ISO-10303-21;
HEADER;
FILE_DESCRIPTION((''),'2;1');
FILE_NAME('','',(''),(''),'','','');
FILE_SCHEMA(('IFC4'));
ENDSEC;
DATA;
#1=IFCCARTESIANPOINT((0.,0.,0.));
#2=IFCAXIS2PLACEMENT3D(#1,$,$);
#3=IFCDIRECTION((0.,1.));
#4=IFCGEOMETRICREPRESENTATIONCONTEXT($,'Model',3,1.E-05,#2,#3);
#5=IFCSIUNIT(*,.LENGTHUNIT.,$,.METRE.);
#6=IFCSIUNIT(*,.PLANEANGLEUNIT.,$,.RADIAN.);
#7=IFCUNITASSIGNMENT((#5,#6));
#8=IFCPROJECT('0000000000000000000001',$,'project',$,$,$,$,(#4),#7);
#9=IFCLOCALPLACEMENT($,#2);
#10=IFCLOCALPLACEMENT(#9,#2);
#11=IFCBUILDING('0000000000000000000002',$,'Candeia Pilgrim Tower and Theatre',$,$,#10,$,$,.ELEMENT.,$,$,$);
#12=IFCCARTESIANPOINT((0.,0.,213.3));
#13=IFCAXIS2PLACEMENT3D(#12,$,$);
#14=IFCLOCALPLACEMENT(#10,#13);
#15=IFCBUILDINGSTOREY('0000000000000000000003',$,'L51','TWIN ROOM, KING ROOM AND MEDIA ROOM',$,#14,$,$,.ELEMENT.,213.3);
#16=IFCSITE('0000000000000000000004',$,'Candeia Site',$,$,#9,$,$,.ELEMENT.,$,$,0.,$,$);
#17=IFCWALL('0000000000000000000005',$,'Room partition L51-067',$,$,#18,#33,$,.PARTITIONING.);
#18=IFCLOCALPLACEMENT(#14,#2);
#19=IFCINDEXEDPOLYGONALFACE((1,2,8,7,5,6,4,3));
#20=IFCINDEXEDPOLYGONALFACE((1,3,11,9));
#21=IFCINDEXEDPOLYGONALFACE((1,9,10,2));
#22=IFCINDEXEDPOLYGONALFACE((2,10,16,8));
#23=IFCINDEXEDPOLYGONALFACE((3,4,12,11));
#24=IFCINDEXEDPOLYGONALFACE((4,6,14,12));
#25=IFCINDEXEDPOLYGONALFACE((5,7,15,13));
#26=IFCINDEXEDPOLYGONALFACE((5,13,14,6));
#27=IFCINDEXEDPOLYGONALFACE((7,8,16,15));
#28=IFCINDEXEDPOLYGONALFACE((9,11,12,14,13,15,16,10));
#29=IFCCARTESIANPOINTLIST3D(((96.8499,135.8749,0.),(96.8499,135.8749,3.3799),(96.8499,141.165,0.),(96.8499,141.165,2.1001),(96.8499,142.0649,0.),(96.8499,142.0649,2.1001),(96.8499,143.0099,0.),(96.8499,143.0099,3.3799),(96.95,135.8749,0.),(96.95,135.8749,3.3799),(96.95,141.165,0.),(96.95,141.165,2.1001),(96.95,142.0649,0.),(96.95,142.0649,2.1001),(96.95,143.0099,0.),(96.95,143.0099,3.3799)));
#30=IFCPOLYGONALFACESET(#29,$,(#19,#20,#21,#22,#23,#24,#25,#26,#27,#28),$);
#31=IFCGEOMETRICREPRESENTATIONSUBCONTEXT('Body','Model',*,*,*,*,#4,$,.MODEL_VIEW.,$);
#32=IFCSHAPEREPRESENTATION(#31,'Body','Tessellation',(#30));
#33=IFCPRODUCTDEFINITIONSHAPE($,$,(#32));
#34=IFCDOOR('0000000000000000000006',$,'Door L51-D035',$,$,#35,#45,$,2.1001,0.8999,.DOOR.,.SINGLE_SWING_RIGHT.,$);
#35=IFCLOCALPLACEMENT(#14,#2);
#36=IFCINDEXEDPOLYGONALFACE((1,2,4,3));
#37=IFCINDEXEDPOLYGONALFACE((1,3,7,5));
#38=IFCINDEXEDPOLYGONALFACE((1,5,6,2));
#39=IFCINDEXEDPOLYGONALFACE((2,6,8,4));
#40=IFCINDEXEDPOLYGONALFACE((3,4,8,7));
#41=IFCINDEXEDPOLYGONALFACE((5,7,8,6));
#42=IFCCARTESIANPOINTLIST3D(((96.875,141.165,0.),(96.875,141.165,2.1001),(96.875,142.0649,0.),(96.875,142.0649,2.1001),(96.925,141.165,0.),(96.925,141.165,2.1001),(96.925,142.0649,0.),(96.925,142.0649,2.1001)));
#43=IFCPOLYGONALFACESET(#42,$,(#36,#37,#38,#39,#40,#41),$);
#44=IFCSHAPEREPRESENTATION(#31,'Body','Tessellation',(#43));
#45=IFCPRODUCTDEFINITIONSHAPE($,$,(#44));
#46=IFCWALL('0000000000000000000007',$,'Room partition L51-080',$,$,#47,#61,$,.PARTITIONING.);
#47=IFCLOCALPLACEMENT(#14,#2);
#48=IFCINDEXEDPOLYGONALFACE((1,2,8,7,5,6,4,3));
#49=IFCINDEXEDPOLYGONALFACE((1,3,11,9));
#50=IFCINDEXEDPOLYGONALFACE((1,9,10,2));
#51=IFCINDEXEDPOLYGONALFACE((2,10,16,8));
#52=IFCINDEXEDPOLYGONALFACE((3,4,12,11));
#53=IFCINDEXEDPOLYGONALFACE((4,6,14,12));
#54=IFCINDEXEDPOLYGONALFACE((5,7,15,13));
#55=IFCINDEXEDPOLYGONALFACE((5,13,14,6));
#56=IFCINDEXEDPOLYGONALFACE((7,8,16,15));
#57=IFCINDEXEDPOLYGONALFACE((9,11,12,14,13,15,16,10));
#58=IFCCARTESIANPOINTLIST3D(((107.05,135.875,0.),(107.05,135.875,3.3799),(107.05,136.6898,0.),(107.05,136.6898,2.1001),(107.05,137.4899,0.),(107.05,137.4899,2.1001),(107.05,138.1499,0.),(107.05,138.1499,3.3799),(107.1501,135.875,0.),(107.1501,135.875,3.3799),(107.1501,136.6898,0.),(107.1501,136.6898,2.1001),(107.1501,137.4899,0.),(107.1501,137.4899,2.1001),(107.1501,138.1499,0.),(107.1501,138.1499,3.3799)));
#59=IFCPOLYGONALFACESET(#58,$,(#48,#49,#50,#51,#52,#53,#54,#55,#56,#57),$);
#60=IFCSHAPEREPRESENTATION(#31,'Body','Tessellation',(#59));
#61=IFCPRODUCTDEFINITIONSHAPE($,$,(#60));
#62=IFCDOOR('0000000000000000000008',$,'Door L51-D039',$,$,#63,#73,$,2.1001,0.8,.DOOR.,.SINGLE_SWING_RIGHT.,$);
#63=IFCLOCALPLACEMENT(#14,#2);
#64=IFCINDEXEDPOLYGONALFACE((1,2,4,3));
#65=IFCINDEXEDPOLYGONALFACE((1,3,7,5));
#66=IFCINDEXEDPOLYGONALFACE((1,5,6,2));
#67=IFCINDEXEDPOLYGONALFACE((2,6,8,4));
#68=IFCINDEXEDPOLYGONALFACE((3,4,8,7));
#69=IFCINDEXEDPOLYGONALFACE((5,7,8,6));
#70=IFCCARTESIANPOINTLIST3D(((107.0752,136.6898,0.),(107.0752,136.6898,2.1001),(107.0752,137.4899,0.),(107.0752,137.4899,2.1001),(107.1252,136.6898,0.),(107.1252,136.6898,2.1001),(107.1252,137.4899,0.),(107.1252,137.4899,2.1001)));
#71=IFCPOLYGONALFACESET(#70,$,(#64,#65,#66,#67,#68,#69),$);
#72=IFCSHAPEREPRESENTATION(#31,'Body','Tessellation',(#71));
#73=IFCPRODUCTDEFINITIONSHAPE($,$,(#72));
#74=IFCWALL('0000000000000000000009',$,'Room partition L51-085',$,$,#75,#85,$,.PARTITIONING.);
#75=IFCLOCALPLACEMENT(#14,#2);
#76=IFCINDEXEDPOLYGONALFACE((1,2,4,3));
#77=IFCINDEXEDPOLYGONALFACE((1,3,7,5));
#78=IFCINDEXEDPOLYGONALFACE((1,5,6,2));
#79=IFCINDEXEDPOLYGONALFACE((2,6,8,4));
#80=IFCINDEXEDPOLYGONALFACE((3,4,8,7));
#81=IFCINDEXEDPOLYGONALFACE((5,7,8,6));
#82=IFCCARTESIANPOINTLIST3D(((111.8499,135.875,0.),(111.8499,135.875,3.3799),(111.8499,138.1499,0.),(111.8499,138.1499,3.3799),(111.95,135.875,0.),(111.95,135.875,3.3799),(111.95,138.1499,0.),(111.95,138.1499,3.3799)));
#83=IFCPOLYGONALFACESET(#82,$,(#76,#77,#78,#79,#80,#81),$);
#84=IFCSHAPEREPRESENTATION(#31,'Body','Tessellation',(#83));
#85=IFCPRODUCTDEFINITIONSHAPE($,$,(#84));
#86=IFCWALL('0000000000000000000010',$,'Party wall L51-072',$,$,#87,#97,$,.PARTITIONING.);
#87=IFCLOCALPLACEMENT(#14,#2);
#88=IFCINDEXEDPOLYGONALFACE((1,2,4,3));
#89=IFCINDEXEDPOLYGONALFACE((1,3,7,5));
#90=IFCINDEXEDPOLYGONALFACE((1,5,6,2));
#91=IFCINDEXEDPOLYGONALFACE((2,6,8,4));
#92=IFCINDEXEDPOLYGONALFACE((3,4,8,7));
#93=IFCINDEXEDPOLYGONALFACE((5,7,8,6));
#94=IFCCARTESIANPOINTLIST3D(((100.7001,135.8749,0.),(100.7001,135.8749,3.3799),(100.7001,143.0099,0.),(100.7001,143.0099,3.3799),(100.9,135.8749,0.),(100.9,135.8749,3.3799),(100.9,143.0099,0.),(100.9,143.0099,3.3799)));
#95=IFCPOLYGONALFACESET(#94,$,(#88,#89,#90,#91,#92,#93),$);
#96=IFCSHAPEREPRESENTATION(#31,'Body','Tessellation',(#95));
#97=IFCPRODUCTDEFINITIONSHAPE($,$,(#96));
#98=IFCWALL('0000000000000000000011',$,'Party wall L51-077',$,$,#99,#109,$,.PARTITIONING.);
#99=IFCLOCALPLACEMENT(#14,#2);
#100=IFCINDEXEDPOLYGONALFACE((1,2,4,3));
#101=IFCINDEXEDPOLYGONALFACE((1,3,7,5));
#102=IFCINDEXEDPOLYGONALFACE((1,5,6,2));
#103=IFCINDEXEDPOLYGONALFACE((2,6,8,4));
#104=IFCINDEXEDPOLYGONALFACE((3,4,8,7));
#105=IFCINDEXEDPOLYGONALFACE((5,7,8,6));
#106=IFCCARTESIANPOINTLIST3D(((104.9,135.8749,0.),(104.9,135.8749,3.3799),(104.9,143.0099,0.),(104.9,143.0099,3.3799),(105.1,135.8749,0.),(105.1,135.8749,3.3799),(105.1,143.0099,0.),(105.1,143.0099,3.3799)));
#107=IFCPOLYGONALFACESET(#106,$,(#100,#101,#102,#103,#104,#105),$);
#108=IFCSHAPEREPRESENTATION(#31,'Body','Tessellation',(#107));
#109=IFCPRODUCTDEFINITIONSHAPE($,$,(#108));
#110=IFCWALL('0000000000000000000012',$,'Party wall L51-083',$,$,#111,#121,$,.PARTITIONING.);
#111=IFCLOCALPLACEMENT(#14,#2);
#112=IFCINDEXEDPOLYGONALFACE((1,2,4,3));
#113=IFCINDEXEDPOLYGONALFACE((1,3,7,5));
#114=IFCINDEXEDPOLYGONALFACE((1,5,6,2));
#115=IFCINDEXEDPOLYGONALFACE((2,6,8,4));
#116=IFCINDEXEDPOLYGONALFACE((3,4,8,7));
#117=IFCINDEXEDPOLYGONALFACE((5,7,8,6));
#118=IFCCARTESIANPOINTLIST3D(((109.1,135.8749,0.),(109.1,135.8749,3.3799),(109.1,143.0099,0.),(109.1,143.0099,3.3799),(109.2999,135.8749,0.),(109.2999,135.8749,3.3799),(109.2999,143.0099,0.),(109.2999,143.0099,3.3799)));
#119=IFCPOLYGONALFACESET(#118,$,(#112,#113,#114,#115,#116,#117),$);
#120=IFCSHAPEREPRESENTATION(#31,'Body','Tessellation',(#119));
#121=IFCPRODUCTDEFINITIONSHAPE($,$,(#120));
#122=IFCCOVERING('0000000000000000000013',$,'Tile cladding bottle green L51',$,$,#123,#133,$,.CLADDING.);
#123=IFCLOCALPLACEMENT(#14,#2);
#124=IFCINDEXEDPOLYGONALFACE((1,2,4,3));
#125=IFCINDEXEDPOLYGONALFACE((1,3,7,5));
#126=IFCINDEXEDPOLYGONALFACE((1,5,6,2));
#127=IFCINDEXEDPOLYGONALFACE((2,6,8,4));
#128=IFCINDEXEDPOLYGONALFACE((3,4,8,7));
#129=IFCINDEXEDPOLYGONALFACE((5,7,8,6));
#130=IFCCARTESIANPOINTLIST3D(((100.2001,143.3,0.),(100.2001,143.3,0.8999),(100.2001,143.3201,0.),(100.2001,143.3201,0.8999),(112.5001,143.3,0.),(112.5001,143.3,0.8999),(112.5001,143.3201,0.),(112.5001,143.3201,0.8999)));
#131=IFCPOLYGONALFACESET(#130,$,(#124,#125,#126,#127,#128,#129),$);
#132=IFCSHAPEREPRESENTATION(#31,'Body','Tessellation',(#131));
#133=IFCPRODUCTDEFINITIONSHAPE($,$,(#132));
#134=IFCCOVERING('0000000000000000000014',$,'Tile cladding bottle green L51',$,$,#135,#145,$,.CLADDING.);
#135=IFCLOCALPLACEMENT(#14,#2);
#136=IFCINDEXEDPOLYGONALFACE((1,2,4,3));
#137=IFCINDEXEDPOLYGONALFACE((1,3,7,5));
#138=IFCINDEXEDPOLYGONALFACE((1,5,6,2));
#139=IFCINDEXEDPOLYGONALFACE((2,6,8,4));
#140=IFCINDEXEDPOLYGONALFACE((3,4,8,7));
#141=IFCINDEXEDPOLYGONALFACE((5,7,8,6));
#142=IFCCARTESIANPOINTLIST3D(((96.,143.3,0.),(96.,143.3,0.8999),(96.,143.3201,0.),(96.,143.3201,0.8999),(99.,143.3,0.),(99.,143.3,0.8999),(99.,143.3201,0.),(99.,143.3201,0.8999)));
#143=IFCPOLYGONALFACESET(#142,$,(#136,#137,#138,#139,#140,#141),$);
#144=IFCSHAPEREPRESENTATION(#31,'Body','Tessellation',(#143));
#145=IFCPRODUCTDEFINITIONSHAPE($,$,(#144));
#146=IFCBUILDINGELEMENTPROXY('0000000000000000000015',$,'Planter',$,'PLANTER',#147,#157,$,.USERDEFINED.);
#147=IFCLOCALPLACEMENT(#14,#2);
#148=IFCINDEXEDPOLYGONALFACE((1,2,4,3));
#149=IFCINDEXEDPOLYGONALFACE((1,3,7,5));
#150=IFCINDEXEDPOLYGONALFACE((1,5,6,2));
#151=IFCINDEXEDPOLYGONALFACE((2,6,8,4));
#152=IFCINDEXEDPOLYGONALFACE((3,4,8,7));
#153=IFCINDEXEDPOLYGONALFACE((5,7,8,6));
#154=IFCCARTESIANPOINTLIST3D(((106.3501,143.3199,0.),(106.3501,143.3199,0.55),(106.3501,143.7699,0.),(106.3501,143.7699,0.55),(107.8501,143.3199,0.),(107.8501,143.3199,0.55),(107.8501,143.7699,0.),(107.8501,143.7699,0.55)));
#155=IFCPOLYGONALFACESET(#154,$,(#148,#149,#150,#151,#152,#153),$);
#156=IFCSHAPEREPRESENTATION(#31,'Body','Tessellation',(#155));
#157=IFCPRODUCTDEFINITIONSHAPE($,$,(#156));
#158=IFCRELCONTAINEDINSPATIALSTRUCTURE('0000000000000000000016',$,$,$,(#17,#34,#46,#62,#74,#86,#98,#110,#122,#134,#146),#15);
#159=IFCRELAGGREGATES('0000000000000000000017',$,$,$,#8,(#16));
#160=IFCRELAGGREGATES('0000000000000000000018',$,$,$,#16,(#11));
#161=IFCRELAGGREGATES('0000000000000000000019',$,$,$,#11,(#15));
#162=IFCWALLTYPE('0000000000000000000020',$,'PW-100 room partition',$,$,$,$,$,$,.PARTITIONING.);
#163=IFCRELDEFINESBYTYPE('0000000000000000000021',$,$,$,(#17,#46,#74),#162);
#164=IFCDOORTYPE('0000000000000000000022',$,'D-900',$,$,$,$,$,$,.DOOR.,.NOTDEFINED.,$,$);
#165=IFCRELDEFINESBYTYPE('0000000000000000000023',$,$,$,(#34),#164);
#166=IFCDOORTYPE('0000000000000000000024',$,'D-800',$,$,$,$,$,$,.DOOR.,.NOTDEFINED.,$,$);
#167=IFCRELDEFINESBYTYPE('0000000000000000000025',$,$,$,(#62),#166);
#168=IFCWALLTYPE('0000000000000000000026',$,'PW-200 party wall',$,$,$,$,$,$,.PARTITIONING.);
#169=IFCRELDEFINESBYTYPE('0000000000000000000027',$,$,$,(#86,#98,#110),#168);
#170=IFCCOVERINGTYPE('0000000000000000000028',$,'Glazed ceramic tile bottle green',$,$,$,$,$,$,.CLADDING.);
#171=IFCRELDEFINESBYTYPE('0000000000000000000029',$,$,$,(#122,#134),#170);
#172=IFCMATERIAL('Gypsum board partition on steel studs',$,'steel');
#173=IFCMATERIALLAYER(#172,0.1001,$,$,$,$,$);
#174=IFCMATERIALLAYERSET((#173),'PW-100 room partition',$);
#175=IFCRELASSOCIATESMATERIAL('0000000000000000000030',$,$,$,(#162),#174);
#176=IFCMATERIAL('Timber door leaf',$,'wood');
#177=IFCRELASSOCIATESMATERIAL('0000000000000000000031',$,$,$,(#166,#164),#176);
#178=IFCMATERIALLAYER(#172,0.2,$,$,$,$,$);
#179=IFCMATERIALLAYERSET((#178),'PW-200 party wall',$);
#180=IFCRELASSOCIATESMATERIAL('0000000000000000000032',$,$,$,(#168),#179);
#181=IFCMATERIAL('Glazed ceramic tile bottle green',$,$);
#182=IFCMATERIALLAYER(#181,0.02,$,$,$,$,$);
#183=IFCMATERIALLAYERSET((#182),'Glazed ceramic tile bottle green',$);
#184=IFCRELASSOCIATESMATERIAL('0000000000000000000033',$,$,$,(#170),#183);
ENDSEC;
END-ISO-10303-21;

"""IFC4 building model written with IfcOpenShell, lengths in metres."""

from ifc_helpers import new_model, si_unit, direction, frame, frame_2d, origin, origin_2d, place, context, subcontext, project, spatial, rectangle, extrude, material, layer, layer_set, type_object, element, fill, save


model = new_model("IFC4")

# Units and contexts
model_context = context("Model", 3, precision=1e-05, world=origin(), true_north=direction((0.0, 1.0)))
body_context = subcontext(model_context, "Body", "Model", "MODEL_VIEW")
ifc_project = project(units=[si_unit("LENGTHUNIT", "METRE"), si_unit("PLANEANGLEUNIT", "RADIAN")], contexts=[model_context])

# Site, building, storey
site_placement = place(None, origin())
site = spatial("IfcSite", under=ifc_project, at=site_placement, Name="Candeia Site", CompositionType="ELEMENT", RefElevation=0.0)
building_placement = place(site_placement, origin())
building = spatial("IfcBuilding", under=site, at=building_placement, Name="Candeia Pilgrim Tower and Theatre", CompositionType="ELEMENT")
storey_placement = place(building_placement, frame((0.0, 0.0, 213.3)))
storey = spatial("IfcBuildingStorey", under=building, at=storey_placement, Name="L51", Description="TWIN ROOM, KING ROOM AND MEDIA ROOM", CompositionType="ELEMENT", Elevation=213.3)

# Shared definitions
ifc_material_1 = material(Name="Gypsum board partition on steel studs", Category="steel")
ifc_layer_1 = layer(ifc_material_1, 0.1001)
ifc_layer_set_1 = layer_set([ifc_layer_1], Name="PW-100 room partition")
wall_type_1 = type_object("IfcWallType", Name="PW-100 room partition", PredefinedType="PARTITIONING", material=ifc_layer_set_1)

# Walls, openings, doors
ifc_material_2 = material(Name="Timber door leaf", Category="wood")
door_type_1 = type_object("IfcDoorType", Name="D-800", OperationType="NOTDEFINED", PredefinedType="DOOR", material=ifc_material_2)
wall_1_placement = place(storey_placement, frame((96.8999, 135.875, 0.0), z_axis=(0.0, 0.0, 1.0), x_axis=(0.0, 1.0, 0.0)))
wall_1 = element("IfcWall", 1, at=wall_1_placement, inside=storey, type_object=wall_type_1, Name="Room partition L51-067", PredefinedType="PARTITIONING", context=body_context, shape_type="SweptSolid", body=[
    extrude(rectangle(XDim=7.135, YDim=0.1001, at=frame_2d((3.5674, 0.0))), origin(), (0.0, 0.0, 1.0), 3.3799),
])
opening_1_placement = place(wall_1_placement, frame((5.29, 0.0, 0.0)))
opening_1 = element("IfcOpeningElement", 2, at=opening_1_placement, cuts=wall_1, PredefinedType="OPENING", context=body_context, shape_type="SweptSolid", body=[
    extrude(rectangle(XDim=0.8999, YDim=2.1001, at=frame_2d((0.45, 1.05))), frame((0.0, 0.0601, 0.0), z_axis=(0.0, -1.0, 0.0), x_axis=(1.0, 0.0, 0.0)), (0.0, 0.0, 1.0), 0.1201),
])
door_type_2 = type_object("IfcDoorType", Name="D-900", OperationType="NOTDEFINED", PredefinedType="DOOR", material=ifc_material_2)
door_1_placement = place(opening_1_placement, origin())
door_1 = element("IfcDoor", 3, at=door_1_placement, inside=storey, type_object=door_type_2, Name="Door L51-D035", OperationType="SINGLE_SWING_RIGHT", OverallHeight=2.1001, OverallWidth=0.8999, PredefinedType="DOOR", context=body_context, shape_type="SweptSolid", body=[
    extrude(rectangle(XDim=0.8999, YDim=2.1001, at=frame_2d((0.45, 1.05))), frame((0.0, 0.0249, 0.0), z_axis=(0.0, -1.0, 0.0), x_axis=(1.0, 0.0, 0.0)), (0.0, 0.0, 1.0), 0.05),
])
fill(opening_1, door_1)
wall_2_placement = place(storey_placement, frame((107.1001, 135.875, 0.0), z_axis=(0.0, 0.0, 1.0), x_axis=(0.0, 1.0, 0.0)))
wall_2 = element("IfcWall", 4, at=wall_2_placement, inside=storey, type_object=wall_type_1, Name="Room partition L51-080", PredefinedType="PARTITIONING", context=body_context, shape_type="SweptSolid", body=[
    extrude(rectangle(XDim=2.2749, YDim=0.1001, at=frame_2d((1.1375, 0.0))), origin(), (0.0, 0.0, 1.0), 3.3799),
])
opening_2_placement = place(wall_2_placement, frame((0.8149, 0.0, 0.0)))
opening_2 = element("IfcOpeningElement", 5, at=opening_2_placement, cuts=wall_2, PredefinedType="OPENING", context=body_context, shape_type="SweptSolid", body=[
    extrude(rectangle(XDim=0.8, YDim=2.1001, at=frame_2d((0.3999, 1.05))), frame((0.0, 0.0601, 0.0), z_axis=(0.0, -1.0, 0.0), x_axis=(1.0, 0.0, 0.0)), (0.0, 0.0, 1.0), 0.1201),
])
door_2_placement = place(opening_2_placement, origin())
door_2 = element("IfcDoor", 6, at=door_2_placement, inside=storey, type_object=door_type_1, Name="Door L51-D039", OperationType="SINGLE_SWING_RIGHT", OverallHeight=2.1001, OverallWidth=0.8, PredefinedType="DOOR", context=body_context, shape_type="SweptSolid", body=[
    extrude(rectangle(XDim=0.8, YDim=2.1001, at=frame_2d((0.3999, 1.05))), frame((0.0, 0.0249, 0.0), z_axis=(0.0, -1.0, 0.0), x_axis=(1.0, 0.0, 0.0)), (0.0, 0.0, 1.0), 0.05),
])
fill(opening_2, door_2)

# Walls
wall_3_placement = place(storey_placement, frame((111.8999, 135.875, 0.0), z_axis=(0.0, 0.0, 1.0), x_axis=(0.0, 1.0, 0.0)))
element("IfcWall", 7, at=wall_3_placement, inside=storey, type_object=wall_type_1, Name="Room partition L51-085", PredefinedType="PARTITIONING", context=body_context, shape_type="SweptSolid", body=[
    extrude(rectangle(XDim=2.2749, YDim=0.1001, at=frame_2d((1.1375, 0.0))), origin(), (0.0, 0.0, 1.0), 3.3799),
])
ifc_layer_2 = layer(ifc_material_1, 0.2)
ifc_layer_set_2 = layer_set([ifc_layer_2], Name="PW-200 party wall")
wall_type_2 = type_object("IfcWallType", Name="PW-200 party wall", PredefinedType="PARTITIONING", material=ifc_layer_set_2)
for number, where, z_axis, x_axis, name in (
    (8, (100.8, 135.875, 0.0), (0.0, 0.0, 1.0), (0.0, 1.0, 0.0), "Party wall L51-072"),
    (9, (105.0, 135.875, 0.0), (0.0, 0.0, 1.0), (0.0, 1.0, 0.0), "Party wall L51-077"),
    (10, (109.2, 135.875, 0.0), (0.0, 0.0, 1.0), (0.0, 1.0, 0.0), "Party wall L51-083"),
):
    element("IfcWall", number, at=place(storey_placement, frame(where, z_axis=z_axis, x_axis=x_axis)), inside=storey, type_object=wall_type_2, Name=name, PredefinedType="PARTITIONING", context=body_context, shape_type="SweptSolid", body=[
        extrude(rectangle(XDim=7.135, YDim=0.2, at=frame_2d((3.5674, 0.0))), origin(), (0.0, 0.0, 1.0), 3.3799),
    ])

# Coverings
ifc_material_3 = material(Name="Glazed ceramic tile bottle green")
ifc_layer_3 = layer(ifc_material_3, 0.02)
ifc_layer_set_3 = layer_set([ifc_layer_3], Name="Glazed ceramic tile bottle green")
covering_type = type_object("IfcCoveringType", Name="Glazed ceramic tile bottle green", PredefinedType="CLADDING", material=ifc_layer_set_3)
covering_1_placement = place(storey_placement, frame((106.3501, 143.3101, 0.0), z_axis=(0.0, 0.0, 1.0), x_axis=(-1.0, 0.0, 0.0)))
element("IfcCovering", 11, at=covering_1_placement, inside=storey, type_object=covering_type, Name="Tile cladding bottle green L51", PredefinedType="CLADDING", context=body_context, shape_type="SweptSolid", body=[
    extrude(rectangle(XDim=12.3, YDim=0.02, at=origin_2d()), origin(), (0.0, 0.0, 1.0), 0.8999),
])
covering_2_placement = place(storey_placement, frame((97.5, 143.3101, 0.0), z_axis=(0.0, 0.0, 1.0), x_axis=(-1.0, 0.0, 0.0)))
element("IfcCovering", 12, at=covering_2_placement, inside=storey, type_object=covering_type, Name="Tile cladding bottle green L51", PredefinedType="CLADDING", context=body_context, shape_type="SweptSolid", body=[
    extrude(rectangle(XDim=3.0, YDim=0.02, at=origin_2d()), origin(), (0.0, 0.0, 1.0), 0.8999),
])

# Building element proxy
proxy_placement = place(storey_placement, frame((107.1001, 143.5449, 0.0), z_axis=(0.0, 0.0, 1.0), x_axis=(-1.0, 0.0, 0.0)))
element("IfcBuildingElementProxy", 13, at=proxy_placement, inside=storey, Name="Planter", ObjectType="PLANTER", PredefinedType="USERDEFINED", context=body_context, shape_type="SweptSolid", body=[
    extrude(rectangle(XDim=1.5, YDim=0.45, at=origin_2d()), origin(), (0.0, 0.0, 1.0), 0.55),
])

save(model, "model.ifc")
